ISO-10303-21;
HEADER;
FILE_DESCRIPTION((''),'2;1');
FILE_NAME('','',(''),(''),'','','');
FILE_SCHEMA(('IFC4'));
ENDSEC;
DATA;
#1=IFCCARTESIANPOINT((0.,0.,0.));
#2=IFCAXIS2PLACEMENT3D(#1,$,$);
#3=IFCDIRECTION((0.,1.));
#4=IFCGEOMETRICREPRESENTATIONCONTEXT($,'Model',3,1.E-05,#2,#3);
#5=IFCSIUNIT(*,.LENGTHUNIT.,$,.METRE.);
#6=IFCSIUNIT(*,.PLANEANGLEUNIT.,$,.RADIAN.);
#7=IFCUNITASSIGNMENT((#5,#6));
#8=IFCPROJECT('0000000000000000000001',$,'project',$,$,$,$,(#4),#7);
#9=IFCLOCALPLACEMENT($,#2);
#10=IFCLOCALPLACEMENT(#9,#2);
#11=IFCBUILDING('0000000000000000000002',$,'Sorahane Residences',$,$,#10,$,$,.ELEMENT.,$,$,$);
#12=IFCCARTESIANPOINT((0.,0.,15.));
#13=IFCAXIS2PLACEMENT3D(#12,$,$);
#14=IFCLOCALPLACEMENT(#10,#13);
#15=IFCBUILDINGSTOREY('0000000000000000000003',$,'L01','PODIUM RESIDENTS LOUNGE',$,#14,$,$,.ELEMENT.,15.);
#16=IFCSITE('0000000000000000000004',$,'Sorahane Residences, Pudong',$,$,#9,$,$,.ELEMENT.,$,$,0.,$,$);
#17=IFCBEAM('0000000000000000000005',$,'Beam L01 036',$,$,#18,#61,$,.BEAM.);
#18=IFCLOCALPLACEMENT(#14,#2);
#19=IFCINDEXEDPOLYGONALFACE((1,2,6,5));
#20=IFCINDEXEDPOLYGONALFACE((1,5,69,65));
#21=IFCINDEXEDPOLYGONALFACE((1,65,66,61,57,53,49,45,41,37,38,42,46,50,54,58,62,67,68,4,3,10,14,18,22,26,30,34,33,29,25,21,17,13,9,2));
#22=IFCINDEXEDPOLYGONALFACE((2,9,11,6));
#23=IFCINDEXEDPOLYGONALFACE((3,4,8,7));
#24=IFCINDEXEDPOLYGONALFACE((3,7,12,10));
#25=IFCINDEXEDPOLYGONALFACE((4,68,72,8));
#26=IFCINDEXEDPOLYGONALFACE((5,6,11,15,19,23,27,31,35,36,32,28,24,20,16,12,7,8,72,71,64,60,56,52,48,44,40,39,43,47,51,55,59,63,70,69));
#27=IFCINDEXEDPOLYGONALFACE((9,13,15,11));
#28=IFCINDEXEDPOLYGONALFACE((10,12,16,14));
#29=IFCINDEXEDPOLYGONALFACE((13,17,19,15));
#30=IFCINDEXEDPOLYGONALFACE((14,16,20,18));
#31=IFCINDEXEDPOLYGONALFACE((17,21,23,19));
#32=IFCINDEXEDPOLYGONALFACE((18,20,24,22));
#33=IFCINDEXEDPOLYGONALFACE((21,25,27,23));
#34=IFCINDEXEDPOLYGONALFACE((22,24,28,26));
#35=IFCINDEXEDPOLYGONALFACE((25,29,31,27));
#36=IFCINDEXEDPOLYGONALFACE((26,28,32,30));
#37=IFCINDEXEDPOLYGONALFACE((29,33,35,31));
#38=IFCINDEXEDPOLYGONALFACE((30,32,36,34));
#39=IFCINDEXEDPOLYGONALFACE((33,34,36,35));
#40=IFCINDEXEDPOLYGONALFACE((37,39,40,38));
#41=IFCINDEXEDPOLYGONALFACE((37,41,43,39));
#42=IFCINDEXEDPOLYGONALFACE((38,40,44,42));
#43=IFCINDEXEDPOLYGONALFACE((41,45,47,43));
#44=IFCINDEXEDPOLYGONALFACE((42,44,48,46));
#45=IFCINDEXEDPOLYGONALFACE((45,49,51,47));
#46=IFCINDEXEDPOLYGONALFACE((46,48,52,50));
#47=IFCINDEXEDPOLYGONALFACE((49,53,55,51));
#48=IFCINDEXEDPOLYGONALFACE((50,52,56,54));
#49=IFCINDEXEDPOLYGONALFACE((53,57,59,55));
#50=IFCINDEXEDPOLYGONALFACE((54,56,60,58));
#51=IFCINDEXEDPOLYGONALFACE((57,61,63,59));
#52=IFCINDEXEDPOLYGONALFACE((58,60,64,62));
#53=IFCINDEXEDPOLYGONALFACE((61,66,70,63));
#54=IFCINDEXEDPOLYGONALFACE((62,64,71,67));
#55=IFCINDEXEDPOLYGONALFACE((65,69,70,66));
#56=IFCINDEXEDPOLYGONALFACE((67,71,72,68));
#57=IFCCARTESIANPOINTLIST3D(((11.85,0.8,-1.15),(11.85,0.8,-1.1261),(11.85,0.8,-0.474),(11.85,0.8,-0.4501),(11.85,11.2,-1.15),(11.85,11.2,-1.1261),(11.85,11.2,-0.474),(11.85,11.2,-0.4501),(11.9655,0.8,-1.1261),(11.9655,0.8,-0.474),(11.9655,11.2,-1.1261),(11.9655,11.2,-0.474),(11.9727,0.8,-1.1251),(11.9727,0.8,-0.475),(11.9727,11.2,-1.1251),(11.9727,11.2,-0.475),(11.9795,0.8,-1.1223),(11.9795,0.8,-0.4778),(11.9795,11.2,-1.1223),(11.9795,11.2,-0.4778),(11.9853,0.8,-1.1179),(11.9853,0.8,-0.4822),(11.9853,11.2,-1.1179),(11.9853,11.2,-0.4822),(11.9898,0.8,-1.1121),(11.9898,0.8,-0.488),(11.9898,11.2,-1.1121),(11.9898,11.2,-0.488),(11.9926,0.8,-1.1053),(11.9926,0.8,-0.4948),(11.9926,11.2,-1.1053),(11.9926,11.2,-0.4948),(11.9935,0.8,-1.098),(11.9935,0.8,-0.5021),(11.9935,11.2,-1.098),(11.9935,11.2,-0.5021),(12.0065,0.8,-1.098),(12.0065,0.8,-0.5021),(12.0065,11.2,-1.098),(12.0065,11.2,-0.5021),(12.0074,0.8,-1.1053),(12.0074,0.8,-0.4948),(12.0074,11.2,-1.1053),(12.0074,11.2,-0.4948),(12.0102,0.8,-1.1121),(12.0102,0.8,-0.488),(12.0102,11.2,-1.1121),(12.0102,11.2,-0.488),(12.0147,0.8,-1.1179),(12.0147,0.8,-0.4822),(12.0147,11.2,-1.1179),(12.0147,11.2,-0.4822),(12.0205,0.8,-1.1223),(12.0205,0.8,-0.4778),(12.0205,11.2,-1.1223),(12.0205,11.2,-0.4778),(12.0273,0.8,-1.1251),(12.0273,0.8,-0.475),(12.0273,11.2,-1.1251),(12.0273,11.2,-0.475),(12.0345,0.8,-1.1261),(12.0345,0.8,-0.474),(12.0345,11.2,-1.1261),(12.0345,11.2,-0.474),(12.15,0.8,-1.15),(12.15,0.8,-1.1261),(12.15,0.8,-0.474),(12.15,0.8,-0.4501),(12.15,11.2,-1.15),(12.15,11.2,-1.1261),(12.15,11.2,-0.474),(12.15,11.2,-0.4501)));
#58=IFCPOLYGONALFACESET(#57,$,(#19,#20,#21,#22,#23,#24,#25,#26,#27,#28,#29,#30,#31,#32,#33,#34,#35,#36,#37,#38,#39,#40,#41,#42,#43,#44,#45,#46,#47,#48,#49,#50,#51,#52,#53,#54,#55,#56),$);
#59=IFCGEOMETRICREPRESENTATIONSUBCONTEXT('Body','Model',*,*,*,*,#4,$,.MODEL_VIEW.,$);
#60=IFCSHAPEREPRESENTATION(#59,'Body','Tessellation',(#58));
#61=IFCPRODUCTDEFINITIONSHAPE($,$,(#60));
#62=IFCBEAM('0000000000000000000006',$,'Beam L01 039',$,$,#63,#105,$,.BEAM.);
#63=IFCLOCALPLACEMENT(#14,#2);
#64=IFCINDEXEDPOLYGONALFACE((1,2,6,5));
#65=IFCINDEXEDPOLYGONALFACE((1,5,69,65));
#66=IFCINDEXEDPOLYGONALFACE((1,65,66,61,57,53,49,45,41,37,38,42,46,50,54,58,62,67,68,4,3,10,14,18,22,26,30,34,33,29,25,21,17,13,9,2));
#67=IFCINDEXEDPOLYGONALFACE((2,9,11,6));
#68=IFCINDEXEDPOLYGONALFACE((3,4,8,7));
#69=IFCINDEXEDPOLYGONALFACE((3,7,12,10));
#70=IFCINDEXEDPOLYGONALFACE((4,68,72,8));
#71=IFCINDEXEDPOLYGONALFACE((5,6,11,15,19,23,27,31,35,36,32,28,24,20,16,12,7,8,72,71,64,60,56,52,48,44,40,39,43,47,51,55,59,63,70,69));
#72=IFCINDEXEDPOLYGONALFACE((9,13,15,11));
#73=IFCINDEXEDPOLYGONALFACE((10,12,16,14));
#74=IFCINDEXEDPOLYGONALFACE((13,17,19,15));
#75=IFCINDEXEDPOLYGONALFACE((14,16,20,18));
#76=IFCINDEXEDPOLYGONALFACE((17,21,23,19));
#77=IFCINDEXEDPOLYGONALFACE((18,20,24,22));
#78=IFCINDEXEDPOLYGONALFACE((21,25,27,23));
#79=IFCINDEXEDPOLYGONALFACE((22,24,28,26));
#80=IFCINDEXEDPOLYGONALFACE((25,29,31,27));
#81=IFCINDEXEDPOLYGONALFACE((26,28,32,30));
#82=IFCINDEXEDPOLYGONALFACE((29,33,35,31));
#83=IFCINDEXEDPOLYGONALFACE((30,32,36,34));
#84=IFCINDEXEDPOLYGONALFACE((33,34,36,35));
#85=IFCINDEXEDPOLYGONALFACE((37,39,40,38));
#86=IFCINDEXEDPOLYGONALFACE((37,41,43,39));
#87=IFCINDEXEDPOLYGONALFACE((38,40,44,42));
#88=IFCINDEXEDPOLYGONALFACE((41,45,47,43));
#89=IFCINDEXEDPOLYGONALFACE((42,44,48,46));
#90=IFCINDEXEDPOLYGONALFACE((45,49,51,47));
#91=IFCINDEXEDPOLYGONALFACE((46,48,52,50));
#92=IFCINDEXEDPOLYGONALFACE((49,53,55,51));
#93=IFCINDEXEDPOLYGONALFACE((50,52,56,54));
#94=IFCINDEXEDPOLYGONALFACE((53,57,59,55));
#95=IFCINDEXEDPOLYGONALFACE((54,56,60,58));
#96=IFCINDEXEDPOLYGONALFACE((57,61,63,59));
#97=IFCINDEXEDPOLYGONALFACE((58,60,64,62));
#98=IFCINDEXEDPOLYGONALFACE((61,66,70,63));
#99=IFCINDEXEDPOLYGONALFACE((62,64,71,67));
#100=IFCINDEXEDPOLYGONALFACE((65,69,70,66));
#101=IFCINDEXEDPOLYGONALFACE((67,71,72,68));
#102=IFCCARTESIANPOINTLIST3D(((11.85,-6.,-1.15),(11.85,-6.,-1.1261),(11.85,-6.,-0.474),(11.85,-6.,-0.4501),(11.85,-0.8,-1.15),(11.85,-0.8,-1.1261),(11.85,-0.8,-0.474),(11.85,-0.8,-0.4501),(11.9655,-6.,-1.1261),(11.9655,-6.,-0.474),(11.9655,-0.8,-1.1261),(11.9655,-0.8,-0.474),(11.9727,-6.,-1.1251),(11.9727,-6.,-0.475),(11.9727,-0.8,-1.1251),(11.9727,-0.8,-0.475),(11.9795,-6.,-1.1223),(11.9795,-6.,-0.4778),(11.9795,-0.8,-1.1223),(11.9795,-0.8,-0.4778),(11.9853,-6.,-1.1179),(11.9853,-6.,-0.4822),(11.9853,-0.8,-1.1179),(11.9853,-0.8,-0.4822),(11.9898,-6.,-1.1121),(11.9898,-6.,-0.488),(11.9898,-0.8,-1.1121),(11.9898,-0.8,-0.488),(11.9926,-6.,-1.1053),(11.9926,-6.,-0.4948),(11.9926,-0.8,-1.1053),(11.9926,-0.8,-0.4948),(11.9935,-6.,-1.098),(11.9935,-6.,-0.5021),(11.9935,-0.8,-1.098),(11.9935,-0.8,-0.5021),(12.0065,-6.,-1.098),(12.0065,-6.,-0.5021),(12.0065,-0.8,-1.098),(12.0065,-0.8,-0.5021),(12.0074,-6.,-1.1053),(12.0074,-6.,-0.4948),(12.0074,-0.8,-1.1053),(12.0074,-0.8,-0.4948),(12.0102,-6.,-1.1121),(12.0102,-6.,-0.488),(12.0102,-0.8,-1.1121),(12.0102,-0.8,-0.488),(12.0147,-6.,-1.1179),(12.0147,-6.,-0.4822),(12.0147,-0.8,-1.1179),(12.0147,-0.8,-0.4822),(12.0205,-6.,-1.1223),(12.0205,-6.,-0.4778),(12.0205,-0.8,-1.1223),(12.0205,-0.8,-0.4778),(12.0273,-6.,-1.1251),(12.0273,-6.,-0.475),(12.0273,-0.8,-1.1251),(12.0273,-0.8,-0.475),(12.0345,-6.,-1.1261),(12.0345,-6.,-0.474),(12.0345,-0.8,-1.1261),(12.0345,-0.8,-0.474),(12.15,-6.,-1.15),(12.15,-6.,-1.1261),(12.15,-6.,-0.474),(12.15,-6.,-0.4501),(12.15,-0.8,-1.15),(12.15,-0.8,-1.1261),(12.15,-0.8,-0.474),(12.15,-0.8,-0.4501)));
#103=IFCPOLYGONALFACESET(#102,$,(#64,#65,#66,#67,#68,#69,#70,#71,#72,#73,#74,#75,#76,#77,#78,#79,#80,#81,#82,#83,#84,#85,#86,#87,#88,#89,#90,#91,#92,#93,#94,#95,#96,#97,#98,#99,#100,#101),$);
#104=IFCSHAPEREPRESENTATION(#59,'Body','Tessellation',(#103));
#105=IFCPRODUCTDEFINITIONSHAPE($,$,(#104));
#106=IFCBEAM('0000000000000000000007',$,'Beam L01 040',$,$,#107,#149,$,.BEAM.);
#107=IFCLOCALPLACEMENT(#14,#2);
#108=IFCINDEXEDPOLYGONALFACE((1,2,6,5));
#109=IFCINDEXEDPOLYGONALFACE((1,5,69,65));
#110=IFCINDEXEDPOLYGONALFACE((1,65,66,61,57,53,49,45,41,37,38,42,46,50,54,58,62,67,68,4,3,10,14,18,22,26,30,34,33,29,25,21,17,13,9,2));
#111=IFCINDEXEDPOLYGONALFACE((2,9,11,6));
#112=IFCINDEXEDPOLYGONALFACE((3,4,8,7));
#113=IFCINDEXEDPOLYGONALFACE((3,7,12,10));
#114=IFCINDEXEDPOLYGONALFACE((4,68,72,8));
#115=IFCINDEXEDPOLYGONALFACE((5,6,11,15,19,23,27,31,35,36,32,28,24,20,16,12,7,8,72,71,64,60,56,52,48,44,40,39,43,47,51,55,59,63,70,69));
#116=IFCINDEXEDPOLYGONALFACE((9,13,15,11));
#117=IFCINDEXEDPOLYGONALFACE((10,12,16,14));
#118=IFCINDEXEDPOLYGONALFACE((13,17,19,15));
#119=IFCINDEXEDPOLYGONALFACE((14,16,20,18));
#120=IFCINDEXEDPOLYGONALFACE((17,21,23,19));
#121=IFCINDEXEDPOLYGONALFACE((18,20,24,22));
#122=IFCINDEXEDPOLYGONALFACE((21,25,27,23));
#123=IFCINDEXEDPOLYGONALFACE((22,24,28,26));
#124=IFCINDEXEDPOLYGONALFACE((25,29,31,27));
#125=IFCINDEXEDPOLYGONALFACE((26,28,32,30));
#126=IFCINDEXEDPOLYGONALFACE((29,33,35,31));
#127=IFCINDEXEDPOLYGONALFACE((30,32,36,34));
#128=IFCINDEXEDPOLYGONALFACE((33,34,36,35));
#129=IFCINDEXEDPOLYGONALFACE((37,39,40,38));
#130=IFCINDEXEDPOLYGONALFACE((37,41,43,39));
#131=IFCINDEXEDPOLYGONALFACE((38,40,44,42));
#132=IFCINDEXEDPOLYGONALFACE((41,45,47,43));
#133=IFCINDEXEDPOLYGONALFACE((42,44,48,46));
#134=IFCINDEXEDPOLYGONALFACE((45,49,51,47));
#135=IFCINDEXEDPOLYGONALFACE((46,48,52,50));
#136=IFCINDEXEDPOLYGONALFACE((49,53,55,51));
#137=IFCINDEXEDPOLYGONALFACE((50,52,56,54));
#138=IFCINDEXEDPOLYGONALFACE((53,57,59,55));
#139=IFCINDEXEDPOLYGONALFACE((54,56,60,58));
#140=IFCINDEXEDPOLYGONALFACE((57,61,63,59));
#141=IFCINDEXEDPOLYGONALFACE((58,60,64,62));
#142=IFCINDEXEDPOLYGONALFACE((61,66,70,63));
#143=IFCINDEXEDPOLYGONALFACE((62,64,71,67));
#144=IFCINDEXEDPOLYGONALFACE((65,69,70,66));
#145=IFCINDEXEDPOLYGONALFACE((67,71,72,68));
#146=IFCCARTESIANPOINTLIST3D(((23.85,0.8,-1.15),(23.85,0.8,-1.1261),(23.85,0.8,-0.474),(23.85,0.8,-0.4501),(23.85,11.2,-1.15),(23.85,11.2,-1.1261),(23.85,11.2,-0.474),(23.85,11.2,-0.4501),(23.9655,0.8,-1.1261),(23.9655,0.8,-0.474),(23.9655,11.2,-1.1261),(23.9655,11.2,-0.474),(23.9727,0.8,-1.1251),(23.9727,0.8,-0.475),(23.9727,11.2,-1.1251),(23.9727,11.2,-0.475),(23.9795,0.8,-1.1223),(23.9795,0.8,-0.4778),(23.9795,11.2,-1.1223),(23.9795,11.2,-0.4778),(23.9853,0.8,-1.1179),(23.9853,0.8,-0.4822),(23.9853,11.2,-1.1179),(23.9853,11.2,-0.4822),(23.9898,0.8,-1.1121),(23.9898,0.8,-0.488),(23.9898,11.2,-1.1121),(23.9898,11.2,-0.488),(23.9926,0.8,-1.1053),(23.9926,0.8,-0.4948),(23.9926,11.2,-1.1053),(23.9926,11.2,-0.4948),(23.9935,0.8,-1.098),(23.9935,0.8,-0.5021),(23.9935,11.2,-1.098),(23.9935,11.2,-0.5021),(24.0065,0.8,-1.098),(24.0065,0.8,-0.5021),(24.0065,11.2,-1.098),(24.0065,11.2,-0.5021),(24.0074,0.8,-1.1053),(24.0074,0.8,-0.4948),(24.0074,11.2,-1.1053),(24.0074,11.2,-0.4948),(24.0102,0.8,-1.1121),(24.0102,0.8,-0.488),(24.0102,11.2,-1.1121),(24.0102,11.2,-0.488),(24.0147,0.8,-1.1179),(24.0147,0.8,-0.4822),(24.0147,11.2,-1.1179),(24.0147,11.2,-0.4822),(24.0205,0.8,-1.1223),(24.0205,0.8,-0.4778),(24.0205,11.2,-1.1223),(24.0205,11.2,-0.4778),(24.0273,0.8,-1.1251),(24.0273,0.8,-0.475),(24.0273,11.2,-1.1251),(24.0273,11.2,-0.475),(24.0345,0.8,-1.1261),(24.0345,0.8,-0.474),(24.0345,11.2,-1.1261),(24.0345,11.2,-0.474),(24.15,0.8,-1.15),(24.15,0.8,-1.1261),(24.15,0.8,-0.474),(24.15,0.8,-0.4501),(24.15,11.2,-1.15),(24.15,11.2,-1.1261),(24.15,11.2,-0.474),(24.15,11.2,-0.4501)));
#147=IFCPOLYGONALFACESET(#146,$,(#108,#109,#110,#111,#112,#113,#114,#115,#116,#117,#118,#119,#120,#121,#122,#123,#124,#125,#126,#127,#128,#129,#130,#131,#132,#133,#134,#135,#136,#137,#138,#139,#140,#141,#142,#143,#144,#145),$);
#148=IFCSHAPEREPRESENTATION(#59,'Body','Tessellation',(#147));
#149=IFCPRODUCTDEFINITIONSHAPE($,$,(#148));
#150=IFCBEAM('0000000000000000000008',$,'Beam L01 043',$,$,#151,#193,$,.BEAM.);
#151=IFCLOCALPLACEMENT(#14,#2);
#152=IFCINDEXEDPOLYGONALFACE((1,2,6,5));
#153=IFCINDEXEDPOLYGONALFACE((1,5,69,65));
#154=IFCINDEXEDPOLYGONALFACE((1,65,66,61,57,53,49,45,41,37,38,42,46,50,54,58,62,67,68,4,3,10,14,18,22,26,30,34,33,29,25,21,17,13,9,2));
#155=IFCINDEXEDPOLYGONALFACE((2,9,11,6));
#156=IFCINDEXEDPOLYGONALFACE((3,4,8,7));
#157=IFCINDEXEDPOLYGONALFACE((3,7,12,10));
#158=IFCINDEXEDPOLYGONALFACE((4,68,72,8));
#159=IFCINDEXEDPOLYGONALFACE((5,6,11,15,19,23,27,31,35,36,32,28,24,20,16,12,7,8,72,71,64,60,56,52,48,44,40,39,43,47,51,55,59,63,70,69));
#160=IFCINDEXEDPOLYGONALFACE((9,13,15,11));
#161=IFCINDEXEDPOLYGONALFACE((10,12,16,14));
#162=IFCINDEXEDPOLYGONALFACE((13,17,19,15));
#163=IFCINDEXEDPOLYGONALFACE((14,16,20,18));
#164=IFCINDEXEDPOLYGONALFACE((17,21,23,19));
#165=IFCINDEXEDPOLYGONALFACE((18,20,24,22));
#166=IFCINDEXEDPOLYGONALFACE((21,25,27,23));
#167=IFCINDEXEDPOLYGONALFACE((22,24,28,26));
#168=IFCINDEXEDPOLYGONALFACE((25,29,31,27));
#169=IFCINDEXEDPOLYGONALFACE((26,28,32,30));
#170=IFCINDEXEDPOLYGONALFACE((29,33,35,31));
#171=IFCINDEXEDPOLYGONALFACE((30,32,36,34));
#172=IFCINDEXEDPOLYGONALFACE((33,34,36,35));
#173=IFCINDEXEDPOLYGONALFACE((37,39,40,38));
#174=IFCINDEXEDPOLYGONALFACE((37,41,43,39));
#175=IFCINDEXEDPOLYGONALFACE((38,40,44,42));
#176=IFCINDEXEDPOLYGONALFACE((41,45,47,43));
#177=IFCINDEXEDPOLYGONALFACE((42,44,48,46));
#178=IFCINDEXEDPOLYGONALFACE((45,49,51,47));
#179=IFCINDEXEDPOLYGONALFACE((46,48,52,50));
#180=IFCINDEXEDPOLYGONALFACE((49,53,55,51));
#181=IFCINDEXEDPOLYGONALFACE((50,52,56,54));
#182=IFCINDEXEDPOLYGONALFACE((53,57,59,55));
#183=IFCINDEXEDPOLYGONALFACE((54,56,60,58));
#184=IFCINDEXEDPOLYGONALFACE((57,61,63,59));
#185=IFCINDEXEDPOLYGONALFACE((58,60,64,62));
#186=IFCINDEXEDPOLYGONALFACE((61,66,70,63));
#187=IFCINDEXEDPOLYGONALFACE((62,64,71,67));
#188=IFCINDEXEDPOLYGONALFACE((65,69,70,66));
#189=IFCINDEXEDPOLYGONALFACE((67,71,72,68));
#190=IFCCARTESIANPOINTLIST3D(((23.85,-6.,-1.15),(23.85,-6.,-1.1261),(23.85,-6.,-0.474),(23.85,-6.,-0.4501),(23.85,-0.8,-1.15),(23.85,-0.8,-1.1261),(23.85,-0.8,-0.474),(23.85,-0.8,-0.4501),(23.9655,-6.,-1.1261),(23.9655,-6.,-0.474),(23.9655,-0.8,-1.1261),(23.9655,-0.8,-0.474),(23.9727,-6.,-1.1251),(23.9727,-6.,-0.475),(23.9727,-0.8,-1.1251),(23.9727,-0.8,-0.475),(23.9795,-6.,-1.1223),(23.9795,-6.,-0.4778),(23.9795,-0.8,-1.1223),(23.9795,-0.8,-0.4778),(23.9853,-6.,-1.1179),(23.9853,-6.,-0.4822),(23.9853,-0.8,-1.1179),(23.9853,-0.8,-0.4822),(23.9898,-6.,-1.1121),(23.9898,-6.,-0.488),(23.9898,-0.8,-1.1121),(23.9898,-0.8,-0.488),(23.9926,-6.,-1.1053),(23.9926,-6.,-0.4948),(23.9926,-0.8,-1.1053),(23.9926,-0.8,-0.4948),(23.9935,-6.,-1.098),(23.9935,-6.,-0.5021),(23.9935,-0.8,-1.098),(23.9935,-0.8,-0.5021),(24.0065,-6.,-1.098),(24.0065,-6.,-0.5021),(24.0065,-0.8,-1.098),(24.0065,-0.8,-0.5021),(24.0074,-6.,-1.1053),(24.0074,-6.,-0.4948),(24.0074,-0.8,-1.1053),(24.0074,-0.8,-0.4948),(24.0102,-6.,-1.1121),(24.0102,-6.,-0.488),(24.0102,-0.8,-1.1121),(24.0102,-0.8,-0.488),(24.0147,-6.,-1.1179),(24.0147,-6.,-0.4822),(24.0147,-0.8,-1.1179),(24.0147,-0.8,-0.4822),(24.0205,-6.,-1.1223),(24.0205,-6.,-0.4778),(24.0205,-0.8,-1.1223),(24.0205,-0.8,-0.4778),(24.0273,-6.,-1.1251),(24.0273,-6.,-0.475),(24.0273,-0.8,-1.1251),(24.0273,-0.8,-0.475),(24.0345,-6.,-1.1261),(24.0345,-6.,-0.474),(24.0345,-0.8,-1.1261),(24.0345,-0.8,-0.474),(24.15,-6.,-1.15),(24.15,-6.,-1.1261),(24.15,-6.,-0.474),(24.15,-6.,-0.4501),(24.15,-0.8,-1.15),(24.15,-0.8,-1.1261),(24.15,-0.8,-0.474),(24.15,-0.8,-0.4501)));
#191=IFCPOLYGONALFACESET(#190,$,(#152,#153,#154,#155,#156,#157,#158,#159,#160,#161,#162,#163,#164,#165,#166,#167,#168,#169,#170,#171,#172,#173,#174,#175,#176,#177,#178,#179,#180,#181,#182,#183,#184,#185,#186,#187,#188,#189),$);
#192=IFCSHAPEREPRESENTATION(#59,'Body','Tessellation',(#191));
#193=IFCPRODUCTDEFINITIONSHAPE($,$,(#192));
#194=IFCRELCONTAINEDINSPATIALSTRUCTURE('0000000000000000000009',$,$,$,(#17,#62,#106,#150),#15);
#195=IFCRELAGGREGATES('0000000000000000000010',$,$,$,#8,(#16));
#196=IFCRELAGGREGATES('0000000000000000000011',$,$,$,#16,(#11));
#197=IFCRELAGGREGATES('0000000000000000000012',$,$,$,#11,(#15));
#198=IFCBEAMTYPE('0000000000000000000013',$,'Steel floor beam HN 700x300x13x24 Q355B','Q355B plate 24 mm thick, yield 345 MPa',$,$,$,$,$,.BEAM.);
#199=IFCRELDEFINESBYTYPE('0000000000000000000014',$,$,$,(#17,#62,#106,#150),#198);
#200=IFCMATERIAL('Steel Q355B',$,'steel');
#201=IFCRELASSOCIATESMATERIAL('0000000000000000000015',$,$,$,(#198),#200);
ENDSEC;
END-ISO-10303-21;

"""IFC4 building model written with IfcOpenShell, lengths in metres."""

from ifc_helpers import new_model, si_unit, direction, frame, origin, origin_2d, place, context, subcontext, project, spatial, i_section, extrude, material, material_profile, profile_set, type_object, element, save


model = new_model("IFC4")

# Units and contexts
model_context = context("Model", 3, precision=1e-05, world=origin(), true_north=direction((0.0, 1.0)))
body_context = subcontext(model_context, "Body", "Model", "MODEL_VIEW")
ifc_project = project(units=[si_unit("LENGTHUNIT", "METRE"), si_unit("PLANEANGLEUNIT", "RADIAN")], contexts=[model_context])

# Site, building, storey
site_placement = place(None, origin())
site = spatial("IfcSite", under=ifc_project, at=site_placement, Name="Sorahane Residences, Pudong", CompositionType="ELEMENT", RefElevation=0.0)
building_placement = place(site_placement, origin())
building = spatial("IfcBuilding", under=site, at=building_placement, Name="Sorahane Residences", CompositionType="ELEMENT")
storey_placement = place(building_placement, frame((0.0, 0.0, 15.0)))
storey = spatial("IfcBuildingStorey", under=building, at=storey_placement, Name="L01", Description="PODIUM RESIDENTS LOUNGE", CompositionType="ELEMENT", Elevation=15.0)

# Beams
ifc_material_1 = material(Name="Steel Q355B", Category="steel")
ifc_material_profile_1 = material_profile(ifc_material_1, i_section(OverallWidth=0.3, OverallDepth=0.7, WebThickness=0.0129, FlangeThickness=0.0239, FilletRadius=0.0281, at=origin_2d()), Name="HN 700x300x13x24")
ifc_profile_set_1 = profile_set([ifc_material_profile_1], Name="Steel Q355B")
beam_type = type_object("IfcBeamType", Name="Steel floor beam HN 700x300x13x24 Q355B", Description="Q355B plate 24 mm thick, yield 345 MPa", PredefinedType="BEAM", material=ifc_profile_set_1)
for number, where, z_axis, x_axis, name in (
    (1, (12.0, 0.8, -0.8), (0.0, 1.0, 0.0), (-1.0, 0.0, 0.0), "Beam L01 036"),
):
    element("IfcBeam", number, at=place(storey_placement, frame(where, z_axis=z_axis, x_axis=x_axis)), inside=storey, type_object=beam_type, Name=name, PredefinedType="BEAM", context=body_context, shape_type="SweptSolid", body=[
        extrude(i_section(OverallWidth=0.3, OverallDepth=0.7, WebThickness=0.0129, FlangeThickness=0.0239, FilletRadius=0.0281, at=origin_2d()), origin(), (0.0, 0.0, 1.0), 10.3999),
    ])
beam_1_placement = place(storey_placement, frame((12.0, -6.0, -0.8), z_axis=(0.0, 1.0, 0.0), x_axis=(-1.0, 0.0, 0.0)))
element("IfcBeam", 2, at=beam_1_placement, inside=storey, type_object=beam_type, Name="Beam L01 039", PredefinedType="BEAM", context=body_context, shape_type="SweptSolid", body=[
    extrude(i_section(OverallWidth=0.3, OverallDepth=0.7, WebThickness=0.0129, FlangeThickness=0.0239, FilletRadius=0.0281, at=origin_2d()), origin(), (0.0, 0.0, 1.0), 5.2),
])
beam_2_placement = place(storey_placement, frame((24.0, 0.8, -0.8), z_axis=(0.0, 1.0, 0.0), x_axis=(-1.0, 0.0, 0.0)))
element("IfcBeam", 3, at=beam_2_placement, inside=storey, type_object=beam_type, Name="Beam L01 040", PredefinedType="BEAM", context=body_context, shape_type="SweptSolid", body=[
    extrude(i_section(OverallWidth=0.3, OverallDepth=0.7, WebThickness=0.0129, FlangeThickness=0.0239, FilletRadius=0.0281, at=origin_2d()), origin(), (0.0, 0.0, 1.0), 10.3999),
])
beam_3_placement = place(storey_placement, frame((24.0, -6.0, -0.8), z_axis=(0.0, 1.0, 0.0), x_axis=(-1.0, 0.0, 0.0)))
element("IfcBeam", 4, at=beam_3_placement, inside=storey, type_object=beam_type, Name="Beam L01 043", PredefinedType="BEAM", context=body_context, shape_type="SweptSolid", body=[
    extrude(i_section(OverallWidth=0.3, OverallDepth=0.7, WebThickness=0.0129, FlangeThickness=0.0239, FilletRadius=0.0281, at=origin_2d()), origin(), (0.0, 0.0, 1.0), 5.2),
])

save(model, "model.ifc")
